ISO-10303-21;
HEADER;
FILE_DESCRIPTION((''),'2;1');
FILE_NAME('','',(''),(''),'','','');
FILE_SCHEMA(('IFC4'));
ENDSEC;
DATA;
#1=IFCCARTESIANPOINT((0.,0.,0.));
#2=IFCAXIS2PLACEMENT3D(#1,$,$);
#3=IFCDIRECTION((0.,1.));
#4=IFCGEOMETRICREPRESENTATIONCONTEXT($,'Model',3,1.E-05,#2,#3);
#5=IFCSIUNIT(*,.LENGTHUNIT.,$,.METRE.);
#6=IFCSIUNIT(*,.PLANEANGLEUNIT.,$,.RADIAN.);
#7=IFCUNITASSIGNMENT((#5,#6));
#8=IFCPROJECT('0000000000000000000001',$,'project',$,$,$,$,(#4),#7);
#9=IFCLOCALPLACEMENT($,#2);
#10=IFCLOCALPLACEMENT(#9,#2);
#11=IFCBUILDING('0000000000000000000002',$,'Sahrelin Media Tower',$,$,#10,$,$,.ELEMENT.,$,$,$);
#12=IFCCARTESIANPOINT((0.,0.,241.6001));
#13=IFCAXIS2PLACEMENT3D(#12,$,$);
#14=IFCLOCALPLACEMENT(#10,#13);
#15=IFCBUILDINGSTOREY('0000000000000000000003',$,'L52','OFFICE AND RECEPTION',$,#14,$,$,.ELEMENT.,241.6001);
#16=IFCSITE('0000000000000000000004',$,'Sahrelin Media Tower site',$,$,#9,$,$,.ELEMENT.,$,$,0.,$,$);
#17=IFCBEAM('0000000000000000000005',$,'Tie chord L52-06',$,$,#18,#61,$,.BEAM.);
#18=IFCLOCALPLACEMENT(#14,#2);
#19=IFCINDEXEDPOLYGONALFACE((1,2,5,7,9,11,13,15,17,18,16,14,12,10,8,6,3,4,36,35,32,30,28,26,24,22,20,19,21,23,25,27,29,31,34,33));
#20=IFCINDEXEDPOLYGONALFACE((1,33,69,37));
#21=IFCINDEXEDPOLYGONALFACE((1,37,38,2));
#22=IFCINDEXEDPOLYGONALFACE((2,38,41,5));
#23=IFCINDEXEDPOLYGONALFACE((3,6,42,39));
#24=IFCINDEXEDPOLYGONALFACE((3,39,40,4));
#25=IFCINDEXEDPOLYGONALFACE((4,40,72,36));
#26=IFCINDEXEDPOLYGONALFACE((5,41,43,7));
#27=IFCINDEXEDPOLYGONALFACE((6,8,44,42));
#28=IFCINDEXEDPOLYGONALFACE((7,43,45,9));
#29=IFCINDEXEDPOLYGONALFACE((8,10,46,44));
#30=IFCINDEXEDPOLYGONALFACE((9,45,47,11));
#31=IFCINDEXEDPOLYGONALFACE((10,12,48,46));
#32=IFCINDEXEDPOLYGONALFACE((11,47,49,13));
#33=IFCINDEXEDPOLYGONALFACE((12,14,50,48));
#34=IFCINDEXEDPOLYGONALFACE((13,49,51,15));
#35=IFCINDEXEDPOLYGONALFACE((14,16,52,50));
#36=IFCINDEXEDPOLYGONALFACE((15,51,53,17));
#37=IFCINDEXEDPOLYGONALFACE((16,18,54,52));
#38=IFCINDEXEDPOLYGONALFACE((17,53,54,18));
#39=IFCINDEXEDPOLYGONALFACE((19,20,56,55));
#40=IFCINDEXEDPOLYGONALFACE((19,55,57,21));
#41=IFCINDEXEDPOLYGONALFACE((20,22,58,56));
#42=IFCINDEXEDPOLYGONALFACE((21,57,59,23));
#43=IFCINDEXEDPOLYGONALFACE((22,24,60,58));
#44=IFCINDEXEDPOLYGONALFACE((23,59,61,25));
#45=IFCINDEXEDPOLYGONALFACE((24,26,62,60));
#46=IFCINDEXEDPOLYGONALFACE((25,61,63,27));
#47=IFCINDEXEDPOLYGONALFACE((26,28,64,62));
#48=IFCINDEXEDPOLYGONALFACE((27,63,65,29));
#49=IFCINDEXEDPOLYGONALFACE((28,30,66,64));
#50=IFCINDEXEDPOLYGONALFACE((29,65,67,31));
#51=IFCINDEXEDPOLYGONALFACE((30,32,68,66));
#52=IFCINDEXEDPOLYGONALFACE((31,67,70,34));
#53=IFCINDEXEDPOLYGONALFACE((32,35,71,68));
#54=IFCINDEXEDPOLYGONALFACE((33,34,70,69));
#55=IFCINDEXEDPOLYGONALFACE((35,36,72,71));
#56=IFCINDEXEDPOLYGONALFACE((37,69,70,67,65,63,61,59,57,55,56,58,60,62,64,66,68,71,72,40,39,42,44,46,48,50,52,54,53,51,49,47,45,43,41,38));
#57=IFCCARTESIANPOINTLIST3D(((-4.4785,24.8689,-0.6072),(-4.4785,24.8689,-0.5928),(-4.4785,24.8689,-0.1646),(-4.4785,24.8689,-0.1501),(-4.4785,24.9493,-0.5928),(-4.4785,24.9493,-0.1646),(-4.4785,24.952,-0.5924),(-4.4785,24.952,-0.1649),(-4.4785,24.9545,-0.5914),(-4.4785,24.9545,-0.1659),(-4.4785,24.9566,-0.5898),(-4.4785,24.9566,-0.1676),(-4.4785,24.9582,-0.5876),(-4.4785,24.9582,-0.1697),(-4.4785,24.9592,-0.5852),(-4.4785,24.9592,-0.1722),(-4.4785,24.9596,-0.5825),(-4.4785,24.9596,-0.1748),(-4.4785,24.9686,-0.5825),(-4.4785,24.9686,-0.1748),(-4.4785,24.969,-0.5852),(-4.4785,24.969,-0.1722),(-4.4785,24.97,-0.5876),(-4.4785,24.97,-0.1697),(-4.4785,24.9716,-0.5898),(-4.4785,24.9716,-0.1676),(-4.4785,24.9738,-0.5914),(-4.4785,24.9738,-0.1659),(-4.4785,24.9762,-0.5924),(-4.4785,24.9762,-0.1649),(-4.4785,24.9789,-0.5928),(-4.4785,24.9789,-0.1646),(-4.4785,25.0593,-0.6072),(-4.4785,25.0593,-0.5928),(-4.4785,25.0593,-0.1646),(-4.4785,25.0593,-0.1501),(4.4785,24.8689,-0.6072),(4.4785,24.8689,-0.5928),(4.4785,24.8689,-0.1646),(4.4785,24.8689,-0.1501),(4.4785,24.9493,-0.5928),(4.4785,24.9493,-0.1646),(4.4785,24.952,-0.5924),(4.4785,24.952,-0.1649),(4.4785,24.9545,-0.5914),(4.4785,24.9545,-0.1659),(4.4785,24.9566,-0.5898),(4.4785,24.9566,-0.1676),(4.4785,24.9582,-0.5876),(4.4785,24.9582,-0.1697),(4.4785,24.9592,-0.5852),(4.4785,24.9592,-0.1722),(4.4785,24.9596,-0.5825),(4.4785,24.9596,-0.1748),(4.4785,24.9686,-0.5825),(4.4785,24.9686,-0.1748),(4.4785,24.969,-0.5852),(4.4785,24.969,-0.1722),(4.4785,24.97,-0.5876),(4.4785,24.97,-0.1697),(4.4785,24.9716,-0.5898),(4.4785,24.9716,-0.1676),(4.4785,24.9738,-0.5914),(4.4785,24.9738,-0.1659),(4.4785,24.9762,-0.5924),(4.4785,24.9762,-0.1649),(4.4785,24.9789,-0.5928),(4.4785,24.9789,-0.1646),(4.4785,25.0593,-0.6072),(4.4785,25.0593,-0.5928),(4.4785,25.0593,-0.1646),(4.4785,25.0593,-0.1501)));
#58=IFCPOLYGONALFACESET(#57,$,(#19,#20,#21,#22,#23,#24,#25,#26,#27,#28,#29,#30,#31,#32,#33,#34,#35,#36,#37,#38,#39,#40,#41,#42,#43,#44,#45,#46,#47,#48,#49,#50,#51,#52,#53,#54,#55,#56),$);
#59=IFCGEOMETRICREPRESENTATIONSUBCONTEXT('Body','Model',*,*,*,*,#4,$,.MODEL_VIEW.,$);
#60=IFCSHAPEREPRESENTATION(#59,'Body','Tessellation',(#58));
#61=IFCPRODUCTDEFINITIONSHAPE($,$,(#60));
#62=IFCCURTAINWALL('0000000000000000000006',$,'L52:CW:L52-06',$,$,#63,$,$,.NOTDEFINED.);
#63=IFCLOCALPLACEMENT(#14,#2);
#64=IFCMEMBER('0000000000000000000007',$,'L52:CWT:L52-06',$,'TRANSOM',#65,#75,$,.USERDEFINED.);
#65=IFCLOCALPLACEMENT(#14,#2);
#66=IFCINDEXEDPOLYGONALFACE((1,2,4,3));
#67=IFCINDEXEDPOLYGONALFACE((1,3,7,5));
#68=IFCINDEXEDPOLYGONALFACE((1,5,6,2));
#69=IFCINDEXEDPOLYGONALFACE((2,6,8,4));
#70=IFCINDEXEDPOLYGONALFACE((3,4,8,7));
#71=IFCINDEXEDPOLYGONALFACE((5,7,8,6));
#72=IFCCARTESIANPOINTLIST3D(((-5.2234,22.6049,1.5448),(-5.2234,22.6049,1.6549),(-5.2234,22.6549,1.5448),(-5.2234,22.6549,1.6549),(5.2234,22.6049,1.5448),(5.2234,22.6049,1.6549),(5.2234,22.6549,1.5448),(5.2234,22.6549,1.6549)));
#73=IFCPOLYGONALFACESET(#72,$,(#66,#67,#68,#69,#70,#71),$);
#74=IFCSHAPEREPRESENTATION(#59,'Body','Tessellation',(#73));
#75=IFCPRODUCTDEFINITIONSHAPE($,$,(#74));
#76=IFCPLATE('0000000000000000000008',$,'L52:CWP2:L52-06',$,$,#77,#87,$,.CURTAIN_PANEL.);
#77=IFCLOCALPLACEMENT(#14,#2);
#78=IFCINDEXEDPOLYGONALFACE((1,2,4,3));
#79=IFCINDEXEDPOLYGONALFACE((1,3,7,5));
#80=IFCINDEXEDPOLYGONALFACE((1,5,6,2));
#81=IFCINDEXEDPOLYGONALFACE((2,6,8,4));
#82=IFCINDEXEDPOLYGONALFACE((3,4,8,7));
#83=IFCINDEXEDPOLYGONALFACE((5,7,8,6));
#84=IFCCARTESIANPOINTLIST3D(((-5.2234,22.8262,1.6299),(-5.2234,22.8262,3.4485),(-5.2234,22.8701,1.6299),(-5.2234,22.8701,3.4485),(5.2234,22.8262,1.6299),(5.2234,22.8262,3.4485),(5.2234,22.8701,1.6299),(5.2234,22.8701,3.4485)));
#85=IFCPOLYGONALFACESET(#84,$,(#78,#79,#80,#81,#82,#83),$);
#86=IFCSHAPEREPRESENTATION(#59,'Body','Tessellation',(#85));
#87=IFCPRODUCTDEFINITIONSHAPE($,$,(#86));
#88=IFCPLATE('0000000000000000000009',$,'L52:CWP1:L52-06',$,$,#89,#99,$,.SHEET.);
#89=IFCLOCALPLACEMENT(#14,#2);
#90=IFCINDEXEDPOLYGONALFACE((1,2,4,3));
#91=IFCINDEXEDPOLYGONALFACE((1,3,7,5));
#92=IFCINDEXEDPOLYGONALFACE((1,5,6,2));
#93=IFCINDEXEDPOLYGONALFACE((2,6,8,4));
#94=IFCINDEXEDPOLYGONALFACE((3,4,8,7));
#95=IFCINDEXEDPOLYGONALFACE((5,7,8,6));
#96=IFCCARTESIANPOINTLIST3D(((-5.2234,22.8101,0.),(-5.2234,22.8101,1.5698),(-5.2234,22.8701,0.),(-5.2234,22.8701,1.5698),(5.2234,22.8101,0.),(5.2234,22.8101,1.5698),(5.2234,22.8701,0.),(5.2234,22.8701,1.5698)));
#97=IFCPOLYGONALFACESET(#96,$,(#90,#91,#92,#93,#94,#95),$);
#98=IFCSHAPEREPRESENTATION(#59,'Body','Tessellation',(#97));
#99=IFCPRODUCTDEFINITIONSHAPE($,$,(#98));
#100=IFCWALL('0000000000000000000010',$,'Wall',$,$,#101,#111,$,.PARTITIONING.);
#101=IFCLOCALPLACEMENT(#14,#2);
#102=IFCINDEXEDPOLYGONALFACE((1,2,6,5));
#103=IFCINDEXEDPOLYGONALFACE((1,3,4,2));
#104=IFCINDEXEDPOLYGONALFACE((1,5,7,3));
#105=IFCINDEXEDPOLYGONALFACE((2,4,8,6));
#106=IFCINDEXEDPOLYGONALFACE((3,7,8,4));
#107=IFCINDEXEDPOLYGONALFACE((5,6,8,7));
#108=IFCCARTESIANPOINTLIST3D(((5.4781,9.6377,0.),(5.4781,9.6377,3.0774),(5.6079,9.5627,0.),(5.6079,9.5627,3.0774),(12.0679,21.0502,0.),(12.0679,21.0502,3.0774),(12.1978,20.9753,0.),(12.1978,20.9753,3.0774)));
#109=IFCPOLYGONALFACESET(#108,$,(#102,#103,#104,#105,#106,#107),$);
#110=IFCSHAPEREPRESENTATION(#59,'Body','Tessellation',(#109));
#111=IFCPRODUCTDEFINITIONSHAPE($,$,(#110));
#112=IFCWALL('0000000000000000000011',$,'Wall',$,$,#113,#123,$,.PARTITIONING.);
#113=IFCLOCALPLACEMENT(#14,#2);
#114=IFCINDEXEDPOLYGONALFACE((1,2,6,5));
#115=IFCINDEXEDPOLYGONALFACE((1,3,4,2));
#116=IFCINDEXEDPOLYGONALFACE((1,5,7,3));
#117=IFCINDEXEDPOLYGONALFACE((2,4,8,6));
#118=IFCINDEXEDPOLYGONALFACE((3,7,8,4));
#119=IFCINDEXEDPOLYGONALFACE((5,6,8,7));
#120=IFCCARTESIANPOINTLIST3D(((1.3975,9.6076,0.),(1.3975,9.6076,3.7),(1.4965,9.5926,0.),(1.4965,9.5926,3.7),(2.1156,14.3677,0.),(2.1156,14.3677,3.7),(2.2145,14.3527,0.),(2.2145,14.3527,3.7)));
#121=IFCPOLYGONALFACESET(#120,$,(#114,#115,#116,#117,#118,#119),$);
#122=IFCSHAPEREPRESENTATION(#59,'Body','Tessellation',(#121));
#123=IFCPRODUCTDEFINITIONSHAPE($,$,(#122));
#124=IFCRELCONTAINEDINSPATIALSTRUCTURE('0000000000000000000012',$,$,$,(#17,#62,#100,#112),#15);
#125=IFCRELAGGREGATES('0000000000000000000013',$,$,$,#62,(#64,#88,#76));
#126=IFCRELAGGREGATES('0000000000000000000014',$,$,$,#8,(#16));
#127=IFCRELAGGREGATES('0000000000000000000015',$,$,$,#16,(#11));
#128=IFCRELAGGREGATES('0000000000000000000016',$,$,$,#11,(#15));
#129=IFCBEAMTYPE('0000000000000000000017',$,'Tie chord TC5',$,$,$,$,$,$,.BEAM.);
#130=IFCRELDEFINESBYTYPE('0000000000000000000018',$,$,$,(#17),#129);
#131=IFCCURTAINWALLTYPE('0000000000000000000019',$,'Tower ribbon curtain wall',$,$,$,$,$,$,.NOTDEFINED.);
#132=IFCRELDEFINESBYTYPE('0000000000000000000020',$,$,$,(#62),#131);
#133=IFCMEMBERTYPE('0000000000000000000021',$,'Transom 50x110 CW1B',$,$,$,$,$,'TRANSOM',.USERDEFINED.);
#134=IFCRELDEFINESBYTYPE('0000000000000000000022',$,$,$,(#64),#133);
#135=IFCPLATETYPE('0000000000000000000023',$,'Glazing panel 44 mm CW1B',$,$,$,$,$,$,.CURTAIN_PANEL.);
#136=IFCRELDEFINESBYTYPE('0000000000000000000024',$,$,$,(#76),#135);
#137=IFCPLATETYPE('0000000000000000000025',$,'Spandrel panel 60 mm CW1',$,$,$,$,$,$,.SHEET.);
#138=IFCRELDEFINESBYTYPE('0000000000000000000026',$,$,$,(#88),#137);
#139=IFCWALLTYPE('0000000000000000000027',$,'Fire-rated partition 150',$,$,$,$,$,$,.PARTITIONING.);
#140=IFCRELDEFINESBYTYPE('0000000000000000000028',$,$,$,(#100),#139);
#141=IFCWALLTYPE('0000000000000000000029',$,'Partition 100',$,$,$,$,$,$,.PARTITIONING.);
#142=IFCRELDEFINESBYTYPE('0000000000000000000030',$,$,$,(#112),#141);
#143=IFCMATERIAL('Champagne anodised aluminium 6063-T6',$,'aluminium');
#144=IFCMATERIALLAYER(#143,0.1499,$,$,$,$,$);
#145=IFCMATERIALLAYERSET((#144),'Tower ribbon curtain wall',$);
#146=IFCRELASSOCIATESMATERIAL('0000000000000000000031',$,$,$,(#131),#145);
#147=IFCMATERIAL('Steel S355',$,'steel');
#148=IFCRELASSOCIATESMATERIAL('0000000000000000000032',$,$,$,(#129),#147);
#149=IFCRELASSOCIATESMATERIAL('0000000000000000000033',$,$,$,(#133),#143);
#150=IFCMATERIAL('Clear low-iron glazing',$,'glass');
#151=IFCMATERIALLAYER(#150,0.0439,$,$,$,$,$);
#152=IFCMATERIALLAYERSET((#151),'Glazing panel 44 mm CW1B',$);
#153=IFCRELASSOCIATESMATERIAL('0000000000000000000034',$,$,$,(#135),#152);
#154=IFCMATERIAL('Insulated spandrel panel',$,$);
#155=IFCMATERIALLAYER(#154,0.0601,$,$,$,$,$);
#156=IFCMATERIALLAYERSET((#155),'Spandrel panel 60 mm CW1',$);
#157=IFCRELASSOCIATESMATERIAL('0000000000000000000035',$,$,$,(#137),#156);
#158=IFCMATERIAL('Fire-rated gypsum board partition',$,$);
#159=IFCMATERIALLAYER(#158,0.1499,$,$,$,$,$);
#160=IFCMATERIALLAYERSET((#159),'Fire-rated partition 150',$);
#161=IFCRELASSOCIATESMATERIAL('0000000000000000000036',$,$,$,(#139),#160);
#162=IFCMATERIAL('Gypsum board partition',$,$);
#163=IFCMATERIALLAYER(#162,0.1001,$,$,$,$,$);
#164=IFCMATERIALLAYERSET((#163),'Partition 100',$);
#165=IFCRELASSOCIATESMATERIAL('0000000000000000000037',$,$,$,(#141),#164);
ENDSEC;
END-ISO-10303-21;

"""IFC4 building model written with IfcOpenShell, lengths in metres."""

from ifc_helpers import new_model, si_unit, direction, frame, frame_2d, origin, origin_2d, place, context, subcontext, project, spatial, polyline, rectangle, i_section, outline, extrude, material, layer, layer_set, material_profile, profile_set, type_object, element, aggregate, save


model = new_model("IFC4")

# Units and contexts
model_context = context("Model", 3, precision=1e-05, world=origin(), true_north=direction((0.0, 1.0)))
body_context = subcontext(model_context, "Body", "Model", "MODEL_VIEW")
ifc_project = project(units=[si_unit("LENGTHUNIT", "METRE"), si_unit("PLANEANGLEUNIT", "RADIAN")], contexts=[model_context])

# Site, building, storey
site_placement = place(None, origin())
site = spatial("IfcSite", under=ifc_project, at=site_placement, Name="Sahrelin Media Tower site", CompositionType="ELEMENT", RefElevation=0.0)
building_placement = place(site_placement, origin())
building = spatial("IfcBuilding", under=site, at=building_placement, Name="Sahrelin Media Tower", CompositionType="ELEMENT")
storey_placement = place(building_placement, frame((0.0, 0.0, 241.6001)))
storey = spatial("IfcBuildingStorey", under=building, at=storey_placement, Name="L52", Description="OFFICE AND RECEPTION", CompositionType="ELEMENT", Elevation=241.6001)

# Shared definitions
ifc_material_1 = material(Name="Steel S355", Category="steel")

# Shared definitions
ifc_material_2 = material(Name="Champagne anodised aluminium 6063-T6", Category="aluminium")
ifc_layer_1 = layer(ifc_material_2, 0.1499)
ifc_layer_set_1 = layer_set([ifc_layer_1], Name="Tower ribbon curtain wall")
curtain_wall_type = type_object("IfcCurtainWallType", Name="Tower ribbon curtain wall", PredefinedType="NOTDEFINED", material=ifc_layer_set_1)

# Beam
ifc_material_profile_1 = material_profile(ifc_material_1, i_section(OverallWidth=0.1904, OverallDepth=0.457, WebThickness=0.009, FlangeThickness=0.0144, FilletRadius=0.0103, at=origin_2d()), Name="UB 457x191x74")
ifc_profile_set_1 = profile_set([ifc_material_profile_1], Name="Steel S355")
beam_type_1 = type_object("IfcBeamType", Name="Tie chord TC5", PredefinedType="BEAM", material=ifc_profile_set_1)
beam_1_placement = place(storey_placement, frame((4.4785, 24.9641, -0.3787), z_axis=(-1.0, 0.0, 0.0), x_axis=(0.0, -1.0, 0.0)))
element("IfcBeam", 1, at=beam_1_placement, inside=storey, type_object=beam_type_1, Name="Tie chord L52-06", PredefinedType="BEAM", context=body_context, shape_type="SweptSolid", body=[
    extrude(i_section(OverallWidth=0.1904, OverallDepth=0.457, WebThickness=0.009, FlangeThickness=0.0144, FilletRadius=0.0103, at=origin_2d()), origin(), (0.0, 0.0, 1.0), 8.957),
])

# Curtain wall, member, plates
placement_1 = place(storey_placement, frame((0.0, 22.8501, 0.0), z_axis=(0.0, 0.0, 1.0), x_axis=(1.0, 0.0, 0.0)))
curtain_wall_1 = element("IfcCurtainWall", 2, at=placement_1, inside=storey, type_object=curtain_wall_type, Name="L52:CW:L52-06", PredefinedType="NOTDEFINED")
ifc_material_profile_2 = material_profile(ifc_material_2, rectangle(XDim=0.05, YDim=0.1101, at=origin_2d()), Name="Transom 50x110")
ifc_profile_set_2 = profile_set([ifc_material_profile_2], Name="Champagne anodised aluminium 6063-T6")
member_type_1 = type_object("IfcMemberType", Name="Transom 50x110 CW1B", ElementType="TRANSOM", PredefinedType="USERDEFINED", material=ifc_profile_set_2)
member_1_placement = place(storey_placement, frame((5.2234, 22.6299, 1.5999), z_axis=(-1.0, 0.0, 0.0), x_axis=(0.0, -1.0, 0.0)))
member_1 = element("IfcMember", 3, at=member_1_placement, type_object=member_type_1, Name="L52:CWT:L52-06", ObjectType="TRANSOM", PredefinedType="USERDEFINED", context=body_context, shape_type="SweptSolid", body=[
    extrude(rectangle(XDim=0.05, YDim=0.1101, at=origin_2d()), origin(), (0.0, 0.0, 1.0), 10.4468),
])
ifc_material_3 = material(Name="Clear low-iron glazing", Category="glass")
ifc_layer_2 = layer(ifc_material_3, 0.0439)
ifc_layer_set_2 = layer_set([ifc_layer_2], Name="Glazing panel 44 mm CW1B")
plate_type_1 = type_object("IfcPlateType", Name="Glazing panel 44 mm CW1B", PredefinedType="CURTAIN_PANEL", material=ifc_layer_set_2)
plate_1_placement = place(storey_placement, frame((5.2234, 22.8701, 1.6299), z_axis=(0.0, 1.0, 0.0), x_axis=(-1.0, 0.0, 0.0)))
plate_1 = element("IfcPlate", 4, at=plate_1_placement, type_object=plate_type_1, Name="L52:CWP2:L52-06", PredefinedType="CURTAIN_PANEL", context=body_context, shape_type="SweptSolid", body=[
    extrude(outline(polyline([(0.0, 0.0), (10.4468, 0.0), (10.4468, 1.8186), (0.0, 1.8186), (0.0, 0.0)])), origin(), (0.0, 0.0, -1.0), 0.0439),
])
ifc_material_4 = material(Name="Insulated spandrel panel")
ifc_layer_3 = layer(ifc_material_4, 0.0601)
ifc_layer_set_3 = layer_set([ifc_layer_3], Name="Spandrel panel 60 mm CW1")
plate_type_2 = type_object("IfcPlateType", Name="Spandrel panel 60 mm CW1", PredefinedType="SHEET", material=ifc_layer_set_3)
plate_2_placement = place(storey_placement, frame((5.2234, 22.8701, 0.0), z_axis=(0.0, 1.0, 0.0), x_axis=(-1.0, 0.0, 0.0)))
plate_2 = element("IfcPlate", 5, at=plate_2_placement, type_object=plate_type_2, Name="L52:CWP1:L52-06", PredefinedType="SHEET", context=body_context, shape_type="SweptSolid", body=[
    extrude(outline(polyline([(0.0, 0.0), (10.4468, 0.0), (10.4468, 1.5698), (0.0, 1.5698), (0.0, 0.0)])), origin(), (0.0, 0.0, -1.0), 0.0601),
])
aggregate(curtain_wall_1, [member_1, plate_2, plate_1])

# Walls
ifc_material_5 = material(Name="Fire-rated gypsum board partition")
ifc_layer_4 = layer(ifc_material_5, 0.1499)
ifc_layer_set_4 = layer_set([ifc_layer_4], Name="Fire-rated partition 150")
wall_type_1 = type_object("IfcWallType", Name="Fire-rated partition 150", PredefinedType="PARTITIONING", material=ifc_layer_set_4)
wall_1_placement = place(storey_placement, frame((5.543, 9.6001, 0.0), z_axis=(0.0, 0.0, 1.0), x_axis=(0.500044, 0.866, 0.0)))
element("IfcWall", 6, at=wall_1_placement, inside=storey, type_object=wall_type_1, Name="Wall", PredefinedType="PARTITIONING", context=body_context, shape_type="SweptSolid", body=[
    extrude(rectangle(XDim=13.1785, YDim=0.1499, at=frame_2d((6.5894, 0.0))), origin(), (0.0, 0.0, 1.0), 3.0774),
])
ifc_material_6 = material(Name="Gypsum board partition")
ifc_layer_5 = layer(ifc_material_6, 0.1001)
ifc_layer_set_5 = layer_set([ifc_layer_5], Name="Partition 100")
wall_type_2 = type_object("IfcWallType", Name="Partition 100", PredefinedType="PARTITIONING", material=ifc_layer_set_5)
wall_2_placement = place(storey_placement, frame((1.447, 9.6001, 0.0), z_axis=(0.0, 0.0, 1.0), x_axis=(0.149156, 0.988814, 0.0)))
element("IfcWall", 7, at=wall_2_placement, inside=storey, type_object=wall_type_2, Name="Wall", PredefinedType="PARTITIONING", context=body_context, shape_type="SweptSolid", body=[
    extrude(rectangle(XDim=4.814, YDim=0.1001, at=frame_2d((2.407, 0.0))), origin(), (0.0, 0.0, 1.0), 3.7),
])

save(model, "model.ifc")
